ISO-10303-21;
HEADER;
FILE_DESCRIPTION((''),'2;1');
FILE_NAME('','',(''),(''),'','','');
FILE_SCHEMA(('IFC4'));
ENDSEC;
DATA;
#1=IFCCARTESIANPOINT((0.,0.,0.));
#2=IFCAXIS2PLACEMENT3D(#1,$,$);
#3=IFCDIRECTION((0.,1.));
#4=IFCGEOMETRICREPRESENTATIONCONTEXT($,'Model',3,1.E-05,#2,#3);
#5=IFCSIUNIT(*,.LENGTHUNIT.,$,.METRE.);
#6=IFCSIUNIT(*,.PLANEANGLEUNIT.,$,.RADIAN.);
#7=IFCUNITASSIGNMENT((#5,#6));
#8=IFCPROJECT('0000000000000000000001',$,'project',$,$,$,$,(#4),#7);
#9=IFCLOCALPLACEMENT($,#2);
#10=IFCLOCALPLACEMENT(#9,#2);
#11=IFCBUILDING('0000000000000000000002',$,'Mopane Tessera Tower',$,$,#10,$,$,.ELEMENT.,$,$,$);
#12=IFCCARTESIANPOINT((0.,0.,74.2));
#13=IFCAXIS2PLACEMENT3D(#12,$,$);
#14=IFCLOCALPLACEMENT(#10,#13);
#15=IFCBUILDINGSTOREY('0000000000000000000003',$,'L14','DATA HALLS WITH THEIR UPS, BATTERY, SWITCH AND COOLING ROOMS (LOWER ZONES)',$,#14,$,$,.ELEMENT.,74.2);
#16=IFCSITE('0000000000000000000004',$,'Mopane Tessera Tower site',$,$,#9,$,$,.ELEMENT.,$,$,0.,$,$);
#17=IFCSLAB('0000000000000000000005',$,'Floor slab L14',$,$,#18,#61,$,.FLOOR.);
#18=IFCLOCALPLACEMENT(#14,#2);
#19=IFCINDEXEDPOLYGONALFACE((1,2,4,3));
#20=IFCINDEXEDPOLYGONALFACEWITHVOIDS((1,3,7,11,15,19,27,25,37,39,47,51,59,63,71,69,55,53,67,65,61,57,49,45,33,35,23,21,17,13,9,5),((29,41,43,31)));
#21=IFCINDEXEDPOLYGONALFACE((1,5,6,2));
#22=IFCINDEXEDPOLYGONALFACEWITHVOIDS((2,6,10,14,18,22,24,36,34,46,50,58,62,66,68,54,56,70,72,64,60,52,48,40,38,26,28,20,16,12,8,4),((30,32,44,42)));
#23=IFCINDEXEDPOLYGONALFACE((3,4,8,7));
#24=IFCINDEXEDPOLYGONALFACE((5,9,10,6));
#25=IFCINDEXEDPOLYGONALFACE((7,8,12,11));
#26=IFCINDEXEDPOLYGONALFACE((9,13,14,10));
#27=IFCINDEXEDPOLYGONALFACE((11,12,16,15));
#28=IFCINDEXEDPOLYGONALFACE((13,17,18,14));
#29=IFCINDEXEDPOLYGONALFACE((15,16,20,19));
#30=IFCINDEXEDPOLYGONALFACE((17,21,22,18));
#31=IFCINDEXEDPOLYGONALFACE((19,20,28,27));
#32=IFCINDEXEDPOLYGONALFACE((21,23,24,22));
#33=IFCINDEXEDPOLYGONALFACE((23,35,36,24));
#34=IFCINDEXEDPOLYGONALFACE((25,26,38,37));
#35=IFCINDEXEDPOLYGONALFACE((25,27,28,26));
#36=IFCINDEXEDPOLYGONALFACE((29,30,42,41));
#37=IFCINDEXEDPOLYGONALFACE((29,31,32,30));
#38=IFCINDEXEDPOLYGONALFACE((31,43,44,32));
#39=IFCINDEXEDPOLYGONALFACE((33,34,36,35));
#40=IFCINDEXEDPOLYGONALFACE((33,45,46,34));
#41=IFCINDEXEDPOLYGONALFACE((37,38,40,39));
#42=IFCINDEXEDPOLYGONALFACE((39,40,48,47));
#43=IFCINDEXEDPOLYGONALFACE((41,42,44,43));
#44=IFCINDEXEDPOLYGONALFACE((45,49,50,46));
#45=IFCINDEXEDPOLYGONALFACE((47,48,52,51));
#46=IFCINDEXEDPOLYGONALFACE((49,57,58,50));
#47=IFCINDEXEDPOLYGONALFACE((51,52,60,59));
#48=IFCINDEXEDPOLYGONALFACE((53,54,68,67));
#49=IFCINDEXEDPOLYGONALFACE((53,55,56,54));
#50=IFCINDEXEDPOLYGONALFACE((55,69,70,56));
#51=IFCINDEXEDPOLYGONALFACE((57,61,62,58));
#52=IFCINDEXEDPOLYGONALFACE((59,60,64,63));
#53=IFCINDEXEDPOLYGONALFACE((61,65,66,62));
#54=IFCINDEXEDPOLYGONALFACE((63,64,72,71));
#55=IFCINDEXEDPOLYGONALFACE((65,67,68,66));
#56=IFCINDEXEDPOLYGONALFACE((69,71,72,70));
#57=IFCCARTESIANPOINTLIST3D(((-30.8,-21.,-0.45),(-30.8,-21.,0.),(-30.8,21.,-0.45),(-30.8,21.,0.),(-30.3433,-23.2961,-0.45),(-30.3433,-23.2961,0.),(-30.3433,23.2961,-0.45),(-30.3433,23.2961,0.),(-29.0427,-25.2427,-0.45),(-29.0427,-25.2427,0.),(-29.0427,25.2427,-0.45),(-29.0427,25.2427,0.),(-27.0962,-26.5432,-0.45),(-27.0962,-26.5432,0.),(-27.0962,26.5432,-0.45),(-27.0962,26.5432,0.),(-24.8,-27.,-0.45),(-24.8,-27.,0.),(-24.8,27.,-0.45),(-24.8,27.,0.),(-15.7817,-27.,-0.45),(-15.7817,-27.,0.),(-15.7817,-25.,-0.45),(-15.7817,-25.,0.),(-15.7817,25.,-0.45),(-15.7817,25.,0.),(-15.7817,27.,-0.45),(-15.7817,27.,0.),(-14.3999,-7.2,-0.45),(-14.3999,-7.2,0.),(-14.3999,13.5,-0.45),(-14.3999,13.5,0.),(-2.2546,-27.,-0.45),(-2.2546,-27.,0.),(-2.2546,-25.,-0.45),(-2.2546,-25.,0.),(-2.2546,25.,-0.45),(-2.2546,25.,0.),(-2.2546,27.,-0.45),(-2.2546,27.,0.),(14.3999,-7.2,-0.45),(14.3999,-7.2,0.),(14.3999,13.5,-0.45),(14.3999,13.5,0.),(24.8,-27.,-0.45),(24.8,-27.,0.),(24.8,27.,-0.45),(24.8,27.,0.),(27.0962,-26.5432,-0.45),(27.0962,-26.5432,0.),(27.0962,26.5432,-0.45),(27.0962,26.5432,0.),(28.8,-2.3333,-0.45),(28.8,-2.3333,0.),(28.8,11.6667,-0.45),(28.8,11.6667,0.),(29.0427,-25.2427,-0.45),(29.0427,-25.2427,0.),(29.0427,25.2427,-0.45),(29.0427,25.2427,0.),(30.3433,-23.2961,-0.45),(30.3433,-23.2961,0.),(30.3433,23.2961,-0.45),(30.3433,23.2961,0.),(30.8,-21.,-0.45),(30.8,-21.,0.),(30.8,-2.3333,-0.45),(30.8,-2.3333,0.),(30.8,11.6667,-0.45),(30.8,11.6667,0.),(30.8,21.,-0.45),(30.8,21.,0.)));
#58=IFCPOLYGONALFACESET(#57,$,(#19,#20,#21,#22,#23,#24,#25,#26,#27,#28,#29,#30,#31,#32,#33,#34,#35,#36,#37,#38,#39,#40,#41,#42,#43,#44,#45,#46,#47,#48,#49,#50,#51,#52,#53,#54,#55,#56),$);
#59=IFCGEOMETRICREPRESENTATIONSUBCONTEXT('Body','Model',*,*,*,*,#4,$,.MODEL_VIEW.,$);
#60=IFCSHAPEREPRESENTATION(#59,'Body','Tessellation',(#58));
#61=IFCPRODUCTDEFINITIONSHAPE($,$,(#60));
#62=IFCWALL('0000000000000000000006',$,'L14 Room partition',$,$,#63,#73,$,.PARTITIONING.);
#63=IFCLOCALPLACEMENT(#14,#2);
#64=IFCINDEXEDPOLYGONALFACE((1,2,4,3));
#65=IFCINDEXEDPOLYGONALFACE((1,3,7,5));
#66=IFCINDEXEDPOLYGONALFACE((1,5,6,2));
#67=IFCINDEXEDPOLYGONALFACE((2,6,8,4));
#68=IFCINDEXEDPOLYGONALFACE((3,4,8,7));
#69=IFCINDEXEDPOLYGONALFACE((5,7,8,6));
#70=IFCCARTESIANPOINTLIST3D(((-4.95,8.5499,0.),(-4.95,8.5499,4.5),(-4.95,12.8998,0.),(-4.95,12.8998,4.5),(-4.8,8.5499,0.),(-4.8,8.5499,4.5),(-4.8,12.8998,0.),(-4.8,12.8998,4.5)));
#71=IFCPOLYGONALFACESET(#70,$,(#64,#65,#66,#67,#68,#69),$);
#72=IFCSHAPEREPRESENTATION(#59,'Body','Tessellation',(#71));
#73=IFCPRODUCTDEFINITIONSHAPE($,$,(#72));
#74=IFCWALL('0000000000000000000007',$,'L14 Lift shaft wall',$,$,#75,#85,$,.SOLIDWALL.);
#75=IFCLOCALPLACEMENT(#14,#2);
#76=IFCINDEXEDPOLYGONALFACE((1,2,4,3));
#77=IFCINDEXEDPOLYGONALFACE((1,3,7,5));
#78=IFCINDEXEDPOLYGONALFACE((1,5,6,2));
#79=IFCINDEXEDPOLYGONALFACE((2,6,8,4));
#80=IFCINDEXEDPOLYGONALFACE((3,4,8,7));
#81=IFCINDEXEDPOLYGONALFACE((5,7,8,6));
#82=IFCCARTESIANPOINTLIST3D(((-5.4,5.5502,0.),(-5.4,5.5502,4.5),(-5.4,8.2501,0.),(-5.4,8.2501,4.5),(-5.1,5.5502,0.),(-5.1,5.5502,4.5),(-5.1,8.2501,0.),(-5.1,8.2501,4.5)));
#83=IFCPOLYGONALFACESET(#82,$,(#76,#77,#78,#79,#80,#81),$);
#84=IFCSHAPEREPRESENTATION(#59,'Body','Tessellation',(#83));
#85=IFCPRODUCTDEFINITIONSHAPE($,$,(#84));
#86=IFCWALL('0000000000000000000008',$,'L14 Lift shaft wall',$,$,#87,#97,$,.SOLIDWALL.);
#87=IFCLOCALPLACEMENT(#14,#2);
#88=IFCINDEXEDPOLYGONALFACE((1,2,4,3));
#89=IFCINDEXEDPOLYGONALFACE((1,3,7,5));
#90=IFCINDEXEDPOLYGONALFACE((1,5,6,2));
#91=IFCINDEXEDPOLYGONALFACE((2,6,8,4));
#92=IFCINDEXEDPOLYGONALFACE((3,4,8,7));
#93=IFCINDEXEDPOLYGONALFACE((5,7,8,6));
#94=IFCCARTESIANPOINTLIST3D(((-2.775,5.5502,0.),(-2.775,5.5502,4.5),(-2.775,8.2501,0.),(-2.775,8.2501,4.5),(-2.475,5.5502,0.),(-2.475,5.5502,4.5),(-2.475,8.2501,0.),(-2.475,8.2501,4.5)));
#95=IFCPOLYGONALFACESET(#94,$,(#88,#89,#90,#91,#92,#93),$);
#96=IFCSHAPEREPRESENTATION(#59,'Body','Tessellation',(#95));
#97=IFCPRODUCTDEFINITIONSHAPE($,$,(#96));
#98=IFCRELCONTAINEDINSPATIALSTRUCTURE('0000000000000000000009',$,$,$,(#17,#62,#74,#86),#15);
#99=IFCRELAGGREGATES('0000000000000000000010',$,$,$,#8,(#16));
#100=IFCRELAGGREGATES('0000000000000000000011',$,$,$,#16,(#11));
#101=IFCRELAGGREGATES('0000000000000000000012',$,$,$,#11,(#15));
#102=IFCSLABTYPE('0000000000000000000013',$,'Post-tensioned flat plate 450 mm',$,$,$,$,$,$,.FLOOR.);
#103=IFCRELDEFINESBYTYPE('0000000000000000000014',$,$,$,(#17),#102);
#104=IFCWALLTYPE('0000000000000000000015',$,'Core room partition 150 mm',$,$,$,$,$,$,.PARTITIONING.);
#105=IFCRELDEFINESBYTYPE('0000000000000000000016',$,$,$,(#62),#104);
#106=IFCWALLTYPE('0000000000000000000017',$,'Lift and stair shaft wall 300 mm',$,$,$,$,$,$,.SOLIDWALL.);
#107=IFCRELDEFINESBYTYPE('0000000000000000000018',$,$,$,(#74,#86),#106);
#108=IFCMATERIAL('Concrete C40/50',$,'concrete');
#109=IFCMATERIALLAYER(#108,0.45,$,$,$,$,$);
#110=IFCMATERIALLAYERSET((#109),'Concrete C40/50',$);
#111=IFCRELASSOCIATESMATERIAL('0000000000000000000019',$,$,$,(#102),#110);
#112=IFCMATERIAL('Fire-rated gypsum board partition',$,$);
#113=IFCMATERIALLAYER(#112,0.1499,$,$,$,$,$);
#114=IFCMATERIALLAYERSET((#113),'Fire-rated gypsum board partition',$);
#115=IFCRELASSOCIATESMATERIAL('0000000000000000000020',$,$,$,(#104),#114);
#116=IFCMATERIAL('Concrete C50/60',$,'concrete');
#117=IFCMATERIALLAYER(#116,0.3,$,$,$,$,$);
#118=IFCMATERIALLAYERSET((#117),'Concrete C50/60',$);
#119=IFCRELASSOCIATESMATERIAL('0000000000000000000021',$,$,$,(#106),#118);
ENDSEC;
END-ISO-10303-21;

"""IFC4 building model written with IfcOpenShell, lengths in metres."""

from ifc_helpers import new_model, si_unit, direction, frame, frame_2d, origin, place, context, subcontext, project, spatial, polyline, rectangle, outline, extrude, material, layer, layer_set, type_object, element, save


model = new_model("IFC4")

# Units and contexts
model_context = context("Model", 3, precision=1e-05, world=origin(), true_north=direction((0.0, 1.0)))
body_context = subcontext(model_context, "Body", "Model", "MODEL_VIEW")
ifc_project = project(units=[si_unit("LENGTHUNIT", "METRE"), si_unit("PLANEANGLEUNIT", "RADIAN")], contexts=[model_context])

# Site, building, storey
site_placement = place(None, origin())
site = spatial("IfcSite", under=ifc_project, at=site_placement, Name="Mopane Tessera Tower site", CompositionType="ELEMENT", RefElevation=0.0)
building_placement = place(site_placement, origin())
building = spatial("IfcBuilding", under=site, at=building_placement, Name="Mopane Tessera Tower", CompositionType="ELEMENT")
storey_placement = place(building_placement, frame((0.0, 0.0, 74.2)))
storey = spatial("IfcBuildingStorey", under=building, at=storey_placement, Name="L14", Description="DATA HALLS WITH THEIR UPS, BATTERY, SWITCH AND COOLING ROOMS (LOWER ZONES)", CompositionType="ELEMENT", Elevation=74.2)

# Slab
ifc_material_1 = material(Name="Concrete C40/50", Category="concrete")
ifc_layer_1 = layer(ifc_material_1, 0.45)
ifc_layer_set_1 = layer_set([ifc_layer_1], Name="Concrete C40/50")
slab_type_1 = type_object("IfcSlabType", Name="Post-tensioned flat plate 450 mm", PredefinedType="FLOOR", material=ifc_layer_set_1)
slab_1_placement = place(storey_placement, frame((0.0, 0.0, -0.45)))
element("IfcSlab", 1, at=slab_1_placement, inside=storey, type_object=slab_type_1, Name="Floor slab L14", PredefinedType="FLOOR", context=body_context, shape_type="SweptSolid", body=[
    extrude(outline(polyline([(-24.8, -27.0), (-15.7817, -27.0), (-15.7817, -25.0), (-2.2546, -25.0), (-2.2546, -27.0), (24.8, -27.0), (27.0962, -26.5432), (29.0427, -25.2427), (30.3433, -23.2961), (30.8, -21.0), (30.8, -2.3333), (28.8, -2.3333), (28.8, 11.6667), (30.8, 11.6667), (30.8, 21.0), (30.3433, 23.2961), (29.0427, 25.2427), (27.0962, 26.5432), (24.8, 27.0), (-2.2546, 27.0), (-2.2546, 25.0), (-15.7817, 25.0), (-15.7817, 27.0), (-24.8, 27.0), (-27.0962, 26.5432), (-29.0427, 25.2427), (-30.3433, 23.2961), (-30.8, 21.0), (-30.8, -21.0), (-30.3433, -23.2961), (-29.0427, -25.2427), (-27.0962, -26.5432), (-24.8, -27.0)]), holes=[polyline([(14.3999, -7.2), (-14.3999, -7.2), (-14.3999, 13.5), (14.3999, 13.5), (14.3999, -7.2)])]), origin(), (0.0, 0.0, 1.0), 0.45),
])

# Walls
ifc_material_2 = material(Name="Fire-rated gypsum board partition")
ifc_layer_2 = layer(ifc_material_2, 0.1499)
ifc_layer_set_2 = layer_set([ifc_layer_2], Name="Fire-rated gypsum board partition")
wall_type_1 = type_object("IfcWallType", Name="Core room partition 150 mm", PredefinedType="PARTITIONING", material=ifc_layer_set_2)
wall_placement = place(storey_placement, frame((-4.875, 8.55, 0.0), z_axis=(0.0, 0.0, 1.0), x_axis=(0.0, 1.0, 0.0)))
element("IfcWall", 2, at=wall_placement, inside=storey, type_object=wall_type_1, Name="L14 Room partition", PredefinedType="PARTITIONING", context=body_context, shape_type="SweptSolid", body=[
    extrude(rectangle(XDim=4.3499, YDim=0.1499, at=frame_2d((2.1748, 0.0))), origin(), (0.0, 0.0, 1.0), 4.5),
])
ifc_material_3 = material(Name="Concrete C50/60", Category="concrete")
ifc_layer_3 = layer(ifc_material_3, 0.3)
ifc_layer_set_3 = layer_set([ifc_layer_3], Name="Concrete C50/60")
wall_type_2 = type_object("IfcWallType", Name="Lift and stair shaft wall 300 mm", PredefinedType="SOLIDWALL", material=ifc_layer_set_3)
for number, where, z_axis, x_axis, name in (
    (3, (-5.25, 5.55, 0.0), (0.0, 0.0, 1.0), (0.0, 1.0, 0.0), "L14 Lift shaft wall"),
    (4, (-2.625, 5.55, 0.0), (0.0, 0.0, 1.0), (0.0, 1.0, 0.0), "L14 Lift shaft wall"),
):
    element("IfcWall", number, at=place(storey_placement, frame(where, z_axis=z_axis, x_axis=x_axis)), inside=storey, type_object=wall_type_2, Name=name, PredefinedType="SOLIDWALL", context=body_context, shape_type="SweptSolid", body=[
        extrude(rectangle(XDim=2.7, YDim=0.3, at=frame_2d((1.3501, 0.0))), origin(), (0.0, 0.0, 1.0), 4.5),
    ])

save(model, "model.ifc")
